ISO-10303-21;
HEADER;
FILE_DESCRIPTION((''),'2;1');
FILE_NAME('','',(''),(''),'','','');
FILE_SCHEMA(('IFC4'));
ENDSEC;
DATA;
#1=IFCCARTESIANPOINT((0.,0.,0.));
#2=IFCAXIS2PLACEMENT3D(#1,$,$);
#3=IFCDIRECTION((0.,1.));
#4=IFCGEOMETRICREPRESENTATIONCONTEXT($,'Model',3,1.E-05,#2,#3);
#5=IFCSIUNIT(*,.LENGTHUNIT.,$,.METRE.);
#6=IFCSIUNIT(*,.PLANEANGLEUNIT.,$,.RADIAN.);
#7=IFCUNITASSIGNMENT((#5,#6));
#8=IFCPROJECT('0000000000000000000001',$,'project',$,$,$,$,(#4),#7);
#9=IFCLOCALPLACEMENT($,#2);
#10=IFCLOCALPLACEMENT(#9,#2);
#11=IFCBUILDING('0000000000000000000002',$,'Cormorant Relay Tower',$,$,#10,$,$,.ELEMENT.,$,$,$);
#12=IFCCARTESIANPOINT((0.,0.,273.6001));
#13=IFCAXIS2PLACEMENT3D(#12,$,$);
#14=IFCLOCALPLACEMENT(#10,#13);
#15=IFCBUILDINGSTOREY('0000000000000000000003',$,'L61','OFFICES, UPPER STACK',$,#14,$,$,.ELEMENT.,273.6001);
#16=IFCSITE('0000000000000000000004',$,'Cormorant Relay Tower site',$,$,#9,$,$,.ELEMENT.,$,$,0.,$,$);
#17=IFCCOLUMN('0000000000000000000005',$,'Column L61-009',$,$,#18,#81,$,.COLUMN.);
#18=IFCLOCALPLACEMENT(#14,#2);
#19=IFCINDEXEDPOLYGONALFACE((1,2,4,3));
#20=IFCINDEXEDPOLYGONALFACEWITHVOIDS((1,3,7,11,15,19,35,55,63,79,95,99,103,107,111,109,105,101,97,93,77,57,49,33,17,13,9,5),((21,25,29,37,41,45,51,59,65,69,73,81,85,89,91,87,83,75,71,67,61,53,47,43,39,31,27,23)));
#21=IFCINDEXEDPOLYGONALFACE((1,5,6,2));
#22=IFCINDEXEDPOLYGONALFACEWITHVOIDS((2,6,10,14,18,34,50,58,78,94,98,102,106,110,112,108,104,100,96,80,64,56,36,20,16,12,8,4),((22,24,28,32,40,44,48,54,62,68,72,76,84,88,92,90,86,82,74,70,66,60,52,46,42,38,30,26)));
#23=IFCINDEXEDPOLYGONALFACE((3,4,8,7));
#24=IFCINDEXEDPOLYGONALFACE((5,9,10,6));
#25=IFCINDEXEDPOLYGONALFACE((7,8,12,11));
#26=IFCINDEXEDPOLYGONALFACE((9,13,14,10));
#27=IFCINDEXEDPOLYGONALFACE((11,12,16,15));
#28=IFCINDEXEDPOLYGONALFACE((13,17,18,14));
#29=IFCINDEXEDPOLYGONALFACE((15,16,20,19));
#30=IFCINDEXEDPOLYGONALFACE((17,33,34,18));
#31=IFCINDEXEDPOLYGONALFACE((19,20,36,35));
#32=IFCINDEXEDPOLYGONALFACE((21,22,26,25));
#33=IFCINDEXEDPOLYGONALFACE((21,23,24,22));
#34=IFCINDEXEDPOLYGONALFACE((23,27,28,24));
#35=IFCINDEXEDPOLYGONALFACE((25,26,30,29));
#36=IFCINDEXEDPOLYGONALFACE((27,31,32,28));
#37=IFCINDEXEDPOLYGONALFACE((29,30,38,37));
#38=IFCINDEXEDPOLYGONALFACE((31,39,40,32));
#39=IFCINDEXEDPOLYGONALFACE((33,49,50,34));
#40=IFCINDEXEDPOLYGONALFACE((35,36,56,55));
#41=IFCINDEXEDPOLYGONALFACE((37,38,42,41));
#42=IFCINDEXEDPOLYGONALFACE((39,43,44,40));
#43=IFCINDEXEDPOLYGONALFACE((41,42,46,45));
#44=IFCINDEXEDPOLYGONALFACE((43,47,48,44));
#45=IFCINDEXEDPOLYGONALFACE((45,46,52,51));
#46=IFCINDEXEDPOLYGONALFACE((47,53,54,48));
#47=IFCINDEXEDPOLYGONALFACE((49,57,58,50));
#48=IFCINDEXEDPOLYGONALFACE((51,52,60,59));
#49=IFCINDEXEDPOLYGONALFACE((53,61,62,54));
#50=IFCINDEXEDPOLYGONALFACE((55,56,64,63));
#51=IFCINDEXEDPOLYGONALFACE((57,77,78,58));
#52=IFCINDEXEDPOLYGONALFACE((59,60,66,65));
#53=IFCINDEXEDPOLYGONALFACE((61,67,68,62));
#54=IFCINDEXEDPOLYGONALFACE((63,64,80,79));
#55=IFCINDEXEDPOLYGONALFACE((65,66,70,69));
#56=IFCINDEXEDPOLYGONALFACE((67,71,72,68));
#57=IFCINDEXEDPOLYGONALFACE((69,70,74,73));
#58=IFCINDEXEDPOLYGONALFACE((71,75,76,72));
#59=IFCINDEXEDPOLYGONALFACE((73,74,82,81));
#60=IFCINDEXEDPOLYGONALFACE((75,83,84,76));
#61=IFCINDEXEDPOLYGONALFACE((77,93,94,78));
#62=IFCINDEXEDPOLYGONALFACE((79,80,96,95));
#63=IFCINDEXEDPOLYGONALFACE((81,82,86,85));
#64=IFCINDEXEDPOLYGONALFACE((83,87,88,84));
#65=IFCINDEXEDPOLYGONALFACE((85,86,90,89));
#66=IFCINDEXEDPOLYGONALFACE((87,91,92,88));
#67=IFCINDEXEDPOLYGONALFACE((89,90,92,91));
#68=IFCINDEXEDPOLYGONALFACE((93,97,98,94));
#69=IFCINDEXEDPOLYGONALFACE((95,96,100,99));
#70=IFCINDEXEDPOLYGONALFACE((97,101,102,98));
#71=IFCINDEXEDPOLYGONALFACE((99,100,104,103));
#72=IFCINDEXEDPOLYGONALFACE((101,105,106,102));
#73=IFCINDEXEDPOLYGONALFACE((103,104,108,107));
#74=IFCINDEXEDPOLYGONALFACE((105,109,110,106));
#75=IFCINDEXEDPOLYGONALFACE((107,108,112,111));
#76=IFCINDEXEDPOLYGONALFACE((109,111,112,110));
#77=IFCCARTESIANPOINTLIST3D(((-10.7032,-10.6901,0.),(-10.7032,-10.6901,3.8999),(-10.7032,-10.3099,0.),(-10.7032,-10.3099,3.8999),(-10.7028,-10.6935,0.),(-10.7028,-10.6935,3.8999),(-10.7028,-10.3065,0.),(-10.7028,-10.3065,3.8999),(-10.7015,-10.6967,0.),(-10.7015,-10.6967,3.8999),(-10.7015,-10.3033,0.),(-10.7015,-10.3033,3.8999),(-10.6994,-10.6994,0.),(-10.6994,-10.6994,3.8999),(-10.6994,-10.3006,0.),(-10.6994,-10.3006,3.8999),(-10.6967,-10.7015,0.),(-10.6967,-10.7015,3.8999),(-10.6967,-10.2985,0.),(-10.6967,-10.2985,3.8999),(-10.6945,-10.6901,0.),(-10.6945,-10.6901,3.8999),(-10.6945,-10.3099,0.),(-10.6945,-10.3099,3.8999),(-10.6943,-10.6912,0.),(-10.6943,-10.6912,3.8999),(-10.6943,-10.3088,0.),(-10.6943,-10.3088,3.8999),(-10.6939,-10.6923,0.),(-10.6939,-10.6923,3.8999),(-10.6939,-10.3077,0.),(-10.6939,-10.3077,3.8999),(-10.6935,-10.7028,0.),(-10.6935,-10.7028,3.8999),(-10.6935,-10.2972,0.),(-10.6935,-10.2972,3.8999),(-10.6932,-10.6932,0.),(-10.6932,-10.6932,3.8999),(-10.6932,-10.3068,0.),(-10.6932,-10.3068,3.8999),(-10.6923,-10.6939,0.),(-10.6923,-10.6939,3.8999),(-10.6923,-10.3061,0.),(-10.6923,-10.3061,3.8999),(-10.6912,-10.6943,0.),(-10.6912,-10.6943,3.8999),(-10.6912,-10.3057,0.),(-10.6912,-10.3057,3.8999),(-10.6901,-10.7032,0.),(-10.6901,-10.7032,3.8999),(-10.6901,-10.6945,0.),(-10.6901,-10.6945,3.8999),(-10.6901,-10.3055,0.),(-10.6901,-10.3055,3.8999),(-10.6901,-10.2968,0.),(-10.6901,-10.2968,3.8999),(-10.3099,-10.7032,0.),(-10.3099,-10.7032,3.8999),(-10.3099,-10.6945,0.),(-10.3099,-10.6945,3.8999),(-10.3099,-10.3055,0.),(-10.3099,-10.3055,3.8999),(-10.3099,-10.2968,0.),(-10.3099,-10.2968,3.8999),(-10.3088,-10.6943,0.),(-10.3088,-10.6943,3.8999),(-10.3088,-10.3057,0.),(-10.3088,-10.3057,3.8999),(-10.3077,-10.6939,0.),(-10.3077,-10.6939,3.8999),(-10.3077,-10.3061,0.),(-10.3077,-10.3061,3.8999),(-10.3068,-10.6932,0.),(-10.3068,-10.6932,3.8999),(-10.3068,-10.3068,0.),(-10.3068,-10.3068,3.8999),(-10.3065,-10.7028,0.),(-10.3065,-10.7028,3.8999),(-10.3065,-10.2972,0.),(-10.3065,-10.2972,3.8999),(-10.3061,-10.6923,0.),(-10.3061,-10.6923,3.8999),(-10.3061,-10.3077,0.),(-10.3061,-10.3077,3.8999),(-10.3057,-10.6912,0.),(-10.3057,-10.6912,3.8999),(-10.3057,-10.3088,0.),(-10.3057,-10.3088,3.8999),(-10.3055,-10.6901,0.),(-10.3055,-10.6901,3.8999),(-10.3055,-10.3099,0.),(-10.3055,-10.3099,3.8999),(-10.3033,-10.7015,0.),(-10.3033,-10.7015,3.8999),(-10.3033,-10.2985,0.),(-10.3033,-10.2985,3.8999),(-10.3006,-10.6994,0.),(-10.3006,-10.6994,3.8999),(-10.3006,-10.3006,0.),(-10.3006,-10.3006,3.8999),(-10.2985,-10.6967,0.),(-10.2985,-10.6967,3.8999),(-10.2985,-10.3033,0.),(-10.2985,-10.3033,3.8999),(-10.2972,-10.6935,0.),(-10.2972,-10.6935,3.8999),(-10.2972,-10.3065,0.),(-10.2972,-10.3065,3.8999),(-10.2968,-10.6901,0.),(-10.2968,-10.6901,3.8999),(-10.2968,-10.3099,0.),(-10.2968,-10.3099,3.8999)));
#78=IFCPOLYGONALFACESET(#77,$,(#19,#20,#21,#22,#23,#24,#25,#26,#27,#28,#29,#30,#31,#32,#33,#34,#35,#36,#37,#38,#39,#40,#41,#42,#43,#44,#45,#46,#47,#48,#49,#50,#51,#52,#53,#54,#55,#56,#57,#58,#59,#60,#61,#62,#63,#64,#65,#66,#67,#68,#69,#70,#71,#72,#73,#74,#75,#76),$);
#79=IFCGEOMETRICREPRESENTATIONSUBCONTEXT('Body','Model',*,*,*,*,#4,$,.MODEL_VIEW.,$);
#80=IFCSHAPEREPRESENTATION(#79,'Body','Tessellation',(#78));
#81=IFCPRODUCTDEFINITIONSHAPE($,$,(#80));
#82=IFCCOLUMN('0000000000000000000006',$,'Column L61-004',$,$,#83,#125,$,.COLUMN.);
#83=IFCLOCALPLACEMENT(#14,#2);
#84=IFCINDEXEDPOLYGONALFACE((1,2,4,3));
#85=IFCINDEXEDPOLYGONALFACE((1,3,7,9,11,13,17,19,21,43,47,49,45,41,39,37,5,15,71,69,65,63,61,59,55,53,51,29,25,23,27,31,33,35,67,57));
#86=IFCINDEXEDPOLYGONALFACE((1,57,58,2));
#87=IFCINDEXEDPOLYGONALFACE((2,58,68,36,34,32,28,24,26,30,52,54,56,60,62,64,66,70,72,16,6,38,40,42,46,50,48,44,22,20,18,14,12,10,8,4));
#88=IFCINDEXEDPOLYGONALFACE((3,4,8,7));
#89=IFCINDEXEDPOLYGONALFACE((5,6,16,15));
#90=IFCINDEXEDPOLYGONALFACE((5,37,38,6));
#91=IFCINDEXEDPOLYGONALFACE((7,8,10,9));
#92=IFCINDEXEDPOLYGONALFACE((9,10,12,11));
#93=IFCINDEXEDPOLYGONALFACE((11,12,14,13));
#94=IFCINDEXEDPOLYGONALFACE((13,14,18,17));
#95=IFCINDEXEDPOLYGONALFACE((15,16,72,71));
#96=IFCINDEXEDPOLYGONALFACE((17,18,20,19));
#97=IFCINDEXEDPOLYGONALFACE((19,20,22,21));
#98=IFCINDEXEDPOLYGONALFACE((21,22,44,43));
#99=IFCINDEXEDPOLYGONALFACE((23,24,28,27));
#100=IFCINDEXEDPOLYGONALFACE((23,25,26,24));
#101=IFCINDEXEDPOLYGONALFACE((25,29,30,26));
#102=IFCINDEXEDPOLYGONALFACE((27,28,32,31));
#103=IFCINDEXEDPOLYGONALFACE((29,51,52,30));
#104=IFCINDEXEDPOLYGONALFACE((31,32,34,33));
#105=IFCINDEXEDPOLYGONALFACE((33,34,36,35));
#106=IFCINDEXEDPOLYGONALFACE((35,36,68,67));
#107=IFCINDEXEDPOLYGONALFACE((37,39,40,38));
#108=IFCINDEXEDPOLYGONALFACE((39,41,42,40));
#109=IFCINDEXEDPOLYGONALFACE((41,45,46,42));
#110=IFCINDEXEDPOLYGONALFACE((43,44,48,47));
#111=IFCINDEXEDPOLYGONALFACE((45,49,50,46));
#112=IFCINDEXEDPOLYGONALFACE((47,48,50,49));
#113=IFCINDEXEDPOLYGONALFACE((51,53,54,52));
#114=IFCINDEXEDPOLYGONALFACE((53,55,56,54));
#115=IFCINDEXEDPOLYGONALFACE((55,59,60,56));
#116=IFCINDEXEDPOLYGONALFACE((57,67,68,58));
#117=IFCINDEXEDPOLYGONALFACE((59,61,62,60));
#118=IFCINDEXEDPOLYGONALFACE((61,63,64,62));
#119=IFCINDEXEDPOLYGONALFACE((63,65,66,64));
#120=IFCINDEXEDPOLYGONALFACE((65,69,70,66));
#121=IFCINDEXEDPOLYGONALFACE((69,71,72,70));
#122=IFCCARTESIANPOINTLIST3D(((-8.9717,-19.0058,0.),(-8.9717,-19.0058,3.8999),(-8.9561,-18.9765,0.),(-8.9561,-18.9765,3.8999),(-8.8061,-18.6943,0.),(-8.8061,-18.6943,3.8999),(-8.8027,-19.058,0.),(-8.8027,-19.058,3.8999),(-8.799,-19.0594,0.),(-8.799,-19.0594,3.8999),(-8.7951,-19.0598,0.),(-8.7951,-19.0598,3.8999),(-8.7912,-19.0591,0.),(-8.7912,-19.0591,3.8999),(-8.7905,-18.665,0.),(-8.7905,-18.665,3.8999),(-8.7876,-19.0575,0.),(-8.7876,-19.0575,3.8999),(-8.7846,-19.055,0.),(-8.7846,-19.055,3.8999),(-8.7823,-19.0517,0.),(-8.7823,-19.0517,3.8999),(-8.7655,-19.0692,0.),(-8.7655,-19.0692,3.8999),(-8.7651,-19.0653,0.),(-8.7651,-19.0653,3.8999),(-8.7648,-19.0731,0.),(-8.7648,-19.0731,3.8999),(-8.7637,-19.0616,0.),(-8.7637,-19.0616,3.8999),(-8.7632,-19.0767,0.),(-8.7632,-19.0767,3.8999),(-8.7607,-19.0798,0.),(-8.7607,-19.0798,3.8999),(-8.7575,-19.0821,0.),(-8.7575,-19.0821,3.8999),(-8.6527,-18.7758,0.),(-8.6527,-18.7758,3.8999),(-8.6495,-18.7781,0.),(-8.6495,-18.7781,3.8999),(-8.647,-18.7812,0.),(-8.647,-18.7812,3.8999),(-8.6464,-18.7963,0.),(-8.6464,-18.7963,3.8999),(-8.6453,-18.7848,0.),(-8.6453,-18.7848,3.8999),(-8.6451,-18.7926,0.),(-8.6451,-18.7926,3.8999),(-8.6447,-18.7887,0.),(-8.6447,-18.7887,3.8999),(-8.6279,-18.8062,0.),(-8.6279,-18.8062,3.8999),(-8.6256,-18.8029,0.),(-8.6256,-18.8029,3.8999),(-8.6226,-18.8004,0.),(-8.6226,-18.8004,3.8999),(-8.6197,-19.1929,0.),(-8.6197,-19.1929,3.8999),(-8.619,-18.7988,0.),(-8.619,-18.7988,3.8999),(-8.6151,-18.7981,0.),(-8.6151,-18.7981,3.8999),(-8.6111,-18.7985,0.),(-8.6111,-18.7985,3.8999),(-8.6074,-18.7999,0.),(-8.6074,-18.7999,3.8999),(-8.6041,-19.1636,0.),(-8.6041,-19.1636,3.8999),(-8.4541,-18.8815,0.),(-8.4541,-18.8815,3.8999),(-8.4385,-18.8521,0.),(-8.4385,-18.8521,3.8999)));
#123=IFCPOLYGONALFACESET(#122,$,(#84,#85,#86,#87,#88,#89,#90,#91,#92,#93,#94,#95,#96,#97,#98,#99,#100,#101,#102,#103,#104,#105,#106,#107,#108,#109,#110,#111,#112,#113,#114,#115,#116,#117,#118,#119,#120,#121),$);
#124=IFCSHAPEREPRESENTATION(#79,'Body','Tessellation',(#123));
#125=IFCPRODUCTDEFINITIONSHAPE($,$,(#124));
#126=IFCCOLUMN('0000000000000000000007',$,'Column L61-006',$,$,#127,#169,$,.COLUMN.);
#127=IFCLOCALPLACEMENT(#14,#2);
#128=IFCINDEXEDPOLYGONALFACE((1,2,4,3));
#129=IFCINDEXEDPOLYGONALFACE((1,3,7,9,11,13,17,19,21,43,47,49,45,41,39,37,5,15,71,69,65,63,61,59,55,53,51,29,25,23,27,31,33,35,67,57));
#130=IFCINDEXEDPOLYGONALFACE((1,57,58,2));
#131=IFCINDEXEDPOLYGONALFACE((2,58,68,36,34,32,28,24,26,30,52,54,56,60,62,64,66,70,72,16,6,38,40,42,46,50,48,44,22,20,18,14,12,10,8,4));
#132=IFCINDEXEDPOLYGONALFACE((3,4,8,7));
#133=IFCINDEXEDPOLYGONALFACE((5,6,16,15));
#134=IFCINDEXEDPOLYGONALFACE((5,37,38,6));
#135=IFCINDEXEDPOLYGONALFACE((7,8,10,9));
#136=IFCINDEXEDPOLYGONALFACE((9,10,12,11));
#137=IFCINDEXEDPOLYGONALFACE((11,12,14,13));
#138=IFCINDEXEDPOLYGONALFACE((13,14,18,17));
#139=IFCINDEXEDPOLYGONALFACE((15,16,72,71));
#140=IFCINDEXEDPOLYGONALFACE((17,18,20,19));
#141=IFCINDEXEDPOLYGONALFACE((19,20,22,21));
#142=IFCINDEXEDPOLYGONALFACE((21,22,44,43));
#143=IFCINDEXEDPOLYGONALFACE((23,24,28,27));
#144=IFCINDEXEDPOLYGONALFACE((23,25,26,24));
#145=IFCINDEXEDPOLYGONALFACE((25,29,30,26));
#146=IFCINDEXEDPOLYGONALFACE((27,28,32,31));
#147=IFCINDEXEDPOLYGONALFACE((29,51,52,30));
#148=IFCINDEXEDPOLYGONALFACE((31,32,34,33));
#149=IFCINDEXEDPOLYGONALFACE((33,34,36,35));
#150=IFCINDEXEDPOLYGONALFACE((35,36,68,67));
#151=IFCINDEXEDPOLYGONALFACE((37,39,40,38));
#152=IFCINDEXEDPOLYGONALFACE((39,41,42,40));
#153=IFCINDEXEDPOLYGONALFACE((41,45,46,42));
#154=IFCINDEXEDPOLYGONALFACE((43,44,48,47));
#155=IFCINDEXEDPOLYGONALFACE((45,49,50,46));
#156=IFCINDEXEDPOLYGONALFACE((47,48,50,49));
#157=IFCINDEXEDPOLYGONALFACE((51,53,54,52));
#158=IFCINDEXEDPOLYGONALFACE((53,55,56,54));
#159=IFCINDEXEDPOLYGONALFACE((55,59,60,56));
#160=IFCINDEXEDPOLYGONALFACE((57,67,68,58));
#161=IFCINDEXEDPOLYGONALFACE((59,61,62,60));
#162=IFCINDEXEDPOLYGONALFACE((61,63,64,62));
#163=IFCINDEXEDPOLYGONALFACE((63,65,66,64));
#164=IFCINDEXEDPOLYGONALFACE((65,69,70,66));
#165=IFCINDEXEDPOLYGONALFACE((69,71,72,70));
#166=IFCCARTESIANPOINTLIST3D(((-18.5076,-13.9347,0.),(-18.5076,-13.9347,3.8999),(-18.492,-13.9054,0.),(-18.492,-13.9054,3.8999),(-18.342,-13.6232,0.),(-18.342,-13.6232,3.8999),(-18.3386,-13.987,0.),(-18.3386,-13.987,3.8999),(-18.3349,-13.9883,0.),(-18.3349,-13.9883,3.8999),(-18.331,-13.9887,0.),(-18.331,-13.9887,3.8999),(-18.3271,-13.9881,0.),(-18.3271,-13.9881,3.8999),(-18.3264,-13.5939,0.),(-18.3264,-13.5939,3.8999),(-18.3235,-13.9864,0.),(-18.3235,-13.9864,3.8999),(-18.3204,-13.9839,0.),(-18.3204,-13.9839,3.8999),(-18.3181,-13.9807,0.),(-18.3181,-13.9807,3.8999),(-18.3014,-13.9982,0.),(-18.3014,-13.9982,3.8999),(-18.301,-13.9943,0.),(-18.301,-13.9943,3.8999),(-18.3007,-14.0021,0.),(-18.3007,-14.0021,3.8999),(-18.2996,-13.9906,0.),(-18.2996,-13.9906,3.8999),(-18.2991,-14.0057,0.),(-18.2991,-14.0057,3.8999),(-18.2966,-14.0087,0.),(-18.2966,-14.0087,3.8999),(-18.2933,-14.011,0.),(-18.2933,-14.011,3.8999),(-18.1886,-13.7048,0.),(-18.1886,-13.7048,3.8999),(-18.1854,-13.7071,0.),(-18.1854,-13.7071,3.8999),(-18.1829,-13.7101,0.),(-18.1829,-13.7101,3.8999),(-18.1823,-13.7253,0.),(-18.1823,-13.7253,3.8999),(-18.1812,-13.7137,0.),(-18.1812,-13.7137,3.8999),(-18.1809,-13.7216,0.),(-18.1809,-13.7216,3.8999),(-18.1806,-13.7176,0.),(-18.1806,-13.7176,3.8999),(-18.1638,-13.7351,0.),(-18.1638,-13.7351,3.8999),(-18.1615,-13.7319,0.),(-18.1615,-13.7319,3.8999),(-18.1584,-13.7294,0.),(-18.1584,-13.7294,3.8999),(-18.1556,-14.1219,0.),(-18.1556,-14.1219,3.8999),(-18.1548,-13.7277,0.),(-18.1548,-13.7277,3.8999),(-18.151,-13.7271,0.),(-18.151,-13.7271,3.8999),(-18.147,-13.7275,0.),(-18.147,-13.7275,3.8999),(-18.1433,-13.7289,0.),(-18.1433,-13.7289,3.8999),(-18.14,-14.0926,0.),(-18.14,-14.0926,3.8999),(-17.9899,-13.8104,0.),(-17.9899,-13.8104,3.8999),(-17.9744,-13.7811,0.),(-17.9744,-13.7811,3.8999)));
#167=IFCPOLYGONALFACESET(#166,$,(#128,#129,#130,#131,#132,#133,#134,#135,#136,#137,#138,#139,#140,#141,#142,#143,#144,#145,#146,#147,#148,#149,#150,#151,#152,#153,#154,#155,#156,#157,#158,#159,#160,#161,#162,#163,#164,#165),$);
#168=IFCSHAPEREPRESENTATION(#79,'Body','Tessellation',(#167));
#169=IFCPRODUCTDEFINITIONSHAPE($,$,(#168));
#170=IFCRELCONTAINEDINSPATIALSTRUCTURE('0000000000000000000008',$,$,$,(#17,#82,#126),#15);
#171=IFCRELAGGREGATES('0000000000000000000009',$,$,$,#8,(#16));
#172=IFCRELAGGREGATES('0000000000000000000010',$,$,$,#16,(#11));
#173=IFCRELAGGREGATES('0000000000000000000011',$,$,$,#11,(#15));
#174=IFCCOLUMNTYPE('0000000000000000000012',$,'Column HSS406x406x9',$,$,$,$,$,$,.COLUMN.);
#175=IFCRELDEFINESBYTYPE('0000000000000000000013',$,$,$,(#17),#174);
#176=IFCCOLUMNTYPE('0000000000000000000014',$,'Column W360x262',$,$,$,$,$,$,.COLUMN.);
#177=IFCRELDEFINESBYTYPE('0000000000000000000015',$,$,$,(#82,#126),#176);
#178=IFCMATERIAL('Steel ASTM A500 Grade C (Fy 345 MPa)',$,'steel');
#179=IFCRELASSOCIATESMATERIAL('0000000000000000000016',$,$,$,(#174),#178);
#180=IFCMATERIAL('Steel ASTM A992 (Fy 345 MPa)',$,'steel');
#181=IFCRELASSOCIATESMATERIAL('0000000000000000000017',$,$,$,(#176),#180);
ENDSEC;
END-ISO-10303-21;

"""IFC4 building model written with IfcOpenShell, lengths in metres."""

from ifc_helpers import new_model, si_unit, direction, frame, origin, origin_2d, place, context, subcontext, project, spatial, hollow_rectangle, i_section, extrude, material, material_profile, profile_set, type_object, element, save


model = new_model("IFC4")

# Units and contexts
model_context = context("Model", 3, precision=1e-05, world=origin(), true_north=direction((0.0, 1.0)))
body_context = subcontext(model_context, "Body", "Model", "MODEL_VIEW")
ifc_project = project(units=[si_unit("LENGTHUNIT", "METRE"), si_unit("PLANEANGLEUNIT", "RADIAN")], contexts=[model_context])

# Site, building, storey
site_placement = place(None, origin())
site = spatial("IfcSite", under=ifc_project, at=site_placement, Name="Cormorant Relay Tower site", CompositionType="ELEMENT", RefElevation=0.0)
building_placement = place(site_placement, origin())
building = spatial("IfcBuilding", under=site, at=building_placement, Name="Cormorant Relay Tower", CompositionType="ELEMENT")
storey_placement = place(building_placement, frame((0.0, 0.0, 273.6001)))
storey = spatial("IfcBuildingStorey", under=building, at=storey_placement, Name="L61", Description="OFFICES, UPPER STACK", CompositionType="ELEMENT", Elevation=273.6001)

# Columns
ifc_material_1 = material(Name="Steel ASTM A500 Grade C (Fy 345 MPa)", Category="steel")
ifc_material_profile_1 = material_profile(ifc_material_1, hollow_rectangle(XDim=0.4065, YDim=0.4065, WallThickness=0.0088, InnerFilletRadius=0.0044, OuterFilletRadius=0.0132, at=origin_2d()), Name="HSS406x406x9")
ifc_profile_set_1 = profile_set([ifc_material_profile_1], Name="Steel ASTM A500 Grade C (Fy 345 MPa)")
column_type_1 = type_object("IfcColumnType", Name="Column HSS406x406x9", PredefinedType="COLUMN", material=ifc_profile_set_1)
column_placement = place(storey_placement, frame((-10.5, -10.5, 0.0), z_axis=(0.0, 0.0, 1.0), x_axis=(1.0, 0.0, 0.0)))
element("IfcColumn", 1, at=column_placement, inside=storey, type_object=column_type_1, Name="Column L61-009", PredefinedType="COLUMN", context=body_context, shape_type="SweptSolid", body=[
    extrude(hollow_rectangle(XDim=0.4065, YDim=0.4065, WallThickness=0.0088, InnerFilletRadius=0.0044, OuterFilletRadius=0.0132, at=origin_2d()), origin(), (0.0, 0.0, 1.0), 3.8999),
])
ifc_material_2 = material(Name="Steel ASTM A992 (Fy 345 MPa)", Category="steel")
ifc_material_profile_2 = material_profile(ifc_material_2, i_section(OverallWidth=0.3987, OverallDepth=0.386, WebThickness=0.021, FlangeThickness=0.0332, FilletRadius=0.0151, at=origin_2d()), Name="W360x262")
ifc_profile_set_2 = profile_set([ifc_material_profile_2], Name="Steel ASTM A992 (Fy 345 MPa)")
column_type_2 = type_object("IfcColumnType", Name="Column W360x262", PredefinedType="COLUMN", material=ifc_profile_set_2)
for number, where, z_axis, x_axis, name in (
    (2, (-8.7051, -18.929, 0.0), (0.0, 0.0, 1.0), (0.882948, -0.469472, 0.0), "Column L61-004"),
    (3, (-18.241, -13.8579, 0.0), (0.0, 0.0, 1.0), (0.882948, -0.469472, 0.0), "Column L61-006"),
):
    element("IfcColumn", number, at=place(storey_placement, frame(where, z_axis=z_axis, x_axis=x_axis)), inside=storey, type_object=column_type_2, Name=name, PredefinedType="COLUMN", context=body_context, shape_type="SweptSolid", body=[
        extrude(i_section(OverallWidth=0.3987, OverallDepth=0.386, WebThickness=0.021, FlangeThickness=0.0332, FilletRadius=0.0151, at=origin_2d()), origin(), (0.0, 0.0, 1.0), 3.8999),
    ])

save(model, "model.ifc")
